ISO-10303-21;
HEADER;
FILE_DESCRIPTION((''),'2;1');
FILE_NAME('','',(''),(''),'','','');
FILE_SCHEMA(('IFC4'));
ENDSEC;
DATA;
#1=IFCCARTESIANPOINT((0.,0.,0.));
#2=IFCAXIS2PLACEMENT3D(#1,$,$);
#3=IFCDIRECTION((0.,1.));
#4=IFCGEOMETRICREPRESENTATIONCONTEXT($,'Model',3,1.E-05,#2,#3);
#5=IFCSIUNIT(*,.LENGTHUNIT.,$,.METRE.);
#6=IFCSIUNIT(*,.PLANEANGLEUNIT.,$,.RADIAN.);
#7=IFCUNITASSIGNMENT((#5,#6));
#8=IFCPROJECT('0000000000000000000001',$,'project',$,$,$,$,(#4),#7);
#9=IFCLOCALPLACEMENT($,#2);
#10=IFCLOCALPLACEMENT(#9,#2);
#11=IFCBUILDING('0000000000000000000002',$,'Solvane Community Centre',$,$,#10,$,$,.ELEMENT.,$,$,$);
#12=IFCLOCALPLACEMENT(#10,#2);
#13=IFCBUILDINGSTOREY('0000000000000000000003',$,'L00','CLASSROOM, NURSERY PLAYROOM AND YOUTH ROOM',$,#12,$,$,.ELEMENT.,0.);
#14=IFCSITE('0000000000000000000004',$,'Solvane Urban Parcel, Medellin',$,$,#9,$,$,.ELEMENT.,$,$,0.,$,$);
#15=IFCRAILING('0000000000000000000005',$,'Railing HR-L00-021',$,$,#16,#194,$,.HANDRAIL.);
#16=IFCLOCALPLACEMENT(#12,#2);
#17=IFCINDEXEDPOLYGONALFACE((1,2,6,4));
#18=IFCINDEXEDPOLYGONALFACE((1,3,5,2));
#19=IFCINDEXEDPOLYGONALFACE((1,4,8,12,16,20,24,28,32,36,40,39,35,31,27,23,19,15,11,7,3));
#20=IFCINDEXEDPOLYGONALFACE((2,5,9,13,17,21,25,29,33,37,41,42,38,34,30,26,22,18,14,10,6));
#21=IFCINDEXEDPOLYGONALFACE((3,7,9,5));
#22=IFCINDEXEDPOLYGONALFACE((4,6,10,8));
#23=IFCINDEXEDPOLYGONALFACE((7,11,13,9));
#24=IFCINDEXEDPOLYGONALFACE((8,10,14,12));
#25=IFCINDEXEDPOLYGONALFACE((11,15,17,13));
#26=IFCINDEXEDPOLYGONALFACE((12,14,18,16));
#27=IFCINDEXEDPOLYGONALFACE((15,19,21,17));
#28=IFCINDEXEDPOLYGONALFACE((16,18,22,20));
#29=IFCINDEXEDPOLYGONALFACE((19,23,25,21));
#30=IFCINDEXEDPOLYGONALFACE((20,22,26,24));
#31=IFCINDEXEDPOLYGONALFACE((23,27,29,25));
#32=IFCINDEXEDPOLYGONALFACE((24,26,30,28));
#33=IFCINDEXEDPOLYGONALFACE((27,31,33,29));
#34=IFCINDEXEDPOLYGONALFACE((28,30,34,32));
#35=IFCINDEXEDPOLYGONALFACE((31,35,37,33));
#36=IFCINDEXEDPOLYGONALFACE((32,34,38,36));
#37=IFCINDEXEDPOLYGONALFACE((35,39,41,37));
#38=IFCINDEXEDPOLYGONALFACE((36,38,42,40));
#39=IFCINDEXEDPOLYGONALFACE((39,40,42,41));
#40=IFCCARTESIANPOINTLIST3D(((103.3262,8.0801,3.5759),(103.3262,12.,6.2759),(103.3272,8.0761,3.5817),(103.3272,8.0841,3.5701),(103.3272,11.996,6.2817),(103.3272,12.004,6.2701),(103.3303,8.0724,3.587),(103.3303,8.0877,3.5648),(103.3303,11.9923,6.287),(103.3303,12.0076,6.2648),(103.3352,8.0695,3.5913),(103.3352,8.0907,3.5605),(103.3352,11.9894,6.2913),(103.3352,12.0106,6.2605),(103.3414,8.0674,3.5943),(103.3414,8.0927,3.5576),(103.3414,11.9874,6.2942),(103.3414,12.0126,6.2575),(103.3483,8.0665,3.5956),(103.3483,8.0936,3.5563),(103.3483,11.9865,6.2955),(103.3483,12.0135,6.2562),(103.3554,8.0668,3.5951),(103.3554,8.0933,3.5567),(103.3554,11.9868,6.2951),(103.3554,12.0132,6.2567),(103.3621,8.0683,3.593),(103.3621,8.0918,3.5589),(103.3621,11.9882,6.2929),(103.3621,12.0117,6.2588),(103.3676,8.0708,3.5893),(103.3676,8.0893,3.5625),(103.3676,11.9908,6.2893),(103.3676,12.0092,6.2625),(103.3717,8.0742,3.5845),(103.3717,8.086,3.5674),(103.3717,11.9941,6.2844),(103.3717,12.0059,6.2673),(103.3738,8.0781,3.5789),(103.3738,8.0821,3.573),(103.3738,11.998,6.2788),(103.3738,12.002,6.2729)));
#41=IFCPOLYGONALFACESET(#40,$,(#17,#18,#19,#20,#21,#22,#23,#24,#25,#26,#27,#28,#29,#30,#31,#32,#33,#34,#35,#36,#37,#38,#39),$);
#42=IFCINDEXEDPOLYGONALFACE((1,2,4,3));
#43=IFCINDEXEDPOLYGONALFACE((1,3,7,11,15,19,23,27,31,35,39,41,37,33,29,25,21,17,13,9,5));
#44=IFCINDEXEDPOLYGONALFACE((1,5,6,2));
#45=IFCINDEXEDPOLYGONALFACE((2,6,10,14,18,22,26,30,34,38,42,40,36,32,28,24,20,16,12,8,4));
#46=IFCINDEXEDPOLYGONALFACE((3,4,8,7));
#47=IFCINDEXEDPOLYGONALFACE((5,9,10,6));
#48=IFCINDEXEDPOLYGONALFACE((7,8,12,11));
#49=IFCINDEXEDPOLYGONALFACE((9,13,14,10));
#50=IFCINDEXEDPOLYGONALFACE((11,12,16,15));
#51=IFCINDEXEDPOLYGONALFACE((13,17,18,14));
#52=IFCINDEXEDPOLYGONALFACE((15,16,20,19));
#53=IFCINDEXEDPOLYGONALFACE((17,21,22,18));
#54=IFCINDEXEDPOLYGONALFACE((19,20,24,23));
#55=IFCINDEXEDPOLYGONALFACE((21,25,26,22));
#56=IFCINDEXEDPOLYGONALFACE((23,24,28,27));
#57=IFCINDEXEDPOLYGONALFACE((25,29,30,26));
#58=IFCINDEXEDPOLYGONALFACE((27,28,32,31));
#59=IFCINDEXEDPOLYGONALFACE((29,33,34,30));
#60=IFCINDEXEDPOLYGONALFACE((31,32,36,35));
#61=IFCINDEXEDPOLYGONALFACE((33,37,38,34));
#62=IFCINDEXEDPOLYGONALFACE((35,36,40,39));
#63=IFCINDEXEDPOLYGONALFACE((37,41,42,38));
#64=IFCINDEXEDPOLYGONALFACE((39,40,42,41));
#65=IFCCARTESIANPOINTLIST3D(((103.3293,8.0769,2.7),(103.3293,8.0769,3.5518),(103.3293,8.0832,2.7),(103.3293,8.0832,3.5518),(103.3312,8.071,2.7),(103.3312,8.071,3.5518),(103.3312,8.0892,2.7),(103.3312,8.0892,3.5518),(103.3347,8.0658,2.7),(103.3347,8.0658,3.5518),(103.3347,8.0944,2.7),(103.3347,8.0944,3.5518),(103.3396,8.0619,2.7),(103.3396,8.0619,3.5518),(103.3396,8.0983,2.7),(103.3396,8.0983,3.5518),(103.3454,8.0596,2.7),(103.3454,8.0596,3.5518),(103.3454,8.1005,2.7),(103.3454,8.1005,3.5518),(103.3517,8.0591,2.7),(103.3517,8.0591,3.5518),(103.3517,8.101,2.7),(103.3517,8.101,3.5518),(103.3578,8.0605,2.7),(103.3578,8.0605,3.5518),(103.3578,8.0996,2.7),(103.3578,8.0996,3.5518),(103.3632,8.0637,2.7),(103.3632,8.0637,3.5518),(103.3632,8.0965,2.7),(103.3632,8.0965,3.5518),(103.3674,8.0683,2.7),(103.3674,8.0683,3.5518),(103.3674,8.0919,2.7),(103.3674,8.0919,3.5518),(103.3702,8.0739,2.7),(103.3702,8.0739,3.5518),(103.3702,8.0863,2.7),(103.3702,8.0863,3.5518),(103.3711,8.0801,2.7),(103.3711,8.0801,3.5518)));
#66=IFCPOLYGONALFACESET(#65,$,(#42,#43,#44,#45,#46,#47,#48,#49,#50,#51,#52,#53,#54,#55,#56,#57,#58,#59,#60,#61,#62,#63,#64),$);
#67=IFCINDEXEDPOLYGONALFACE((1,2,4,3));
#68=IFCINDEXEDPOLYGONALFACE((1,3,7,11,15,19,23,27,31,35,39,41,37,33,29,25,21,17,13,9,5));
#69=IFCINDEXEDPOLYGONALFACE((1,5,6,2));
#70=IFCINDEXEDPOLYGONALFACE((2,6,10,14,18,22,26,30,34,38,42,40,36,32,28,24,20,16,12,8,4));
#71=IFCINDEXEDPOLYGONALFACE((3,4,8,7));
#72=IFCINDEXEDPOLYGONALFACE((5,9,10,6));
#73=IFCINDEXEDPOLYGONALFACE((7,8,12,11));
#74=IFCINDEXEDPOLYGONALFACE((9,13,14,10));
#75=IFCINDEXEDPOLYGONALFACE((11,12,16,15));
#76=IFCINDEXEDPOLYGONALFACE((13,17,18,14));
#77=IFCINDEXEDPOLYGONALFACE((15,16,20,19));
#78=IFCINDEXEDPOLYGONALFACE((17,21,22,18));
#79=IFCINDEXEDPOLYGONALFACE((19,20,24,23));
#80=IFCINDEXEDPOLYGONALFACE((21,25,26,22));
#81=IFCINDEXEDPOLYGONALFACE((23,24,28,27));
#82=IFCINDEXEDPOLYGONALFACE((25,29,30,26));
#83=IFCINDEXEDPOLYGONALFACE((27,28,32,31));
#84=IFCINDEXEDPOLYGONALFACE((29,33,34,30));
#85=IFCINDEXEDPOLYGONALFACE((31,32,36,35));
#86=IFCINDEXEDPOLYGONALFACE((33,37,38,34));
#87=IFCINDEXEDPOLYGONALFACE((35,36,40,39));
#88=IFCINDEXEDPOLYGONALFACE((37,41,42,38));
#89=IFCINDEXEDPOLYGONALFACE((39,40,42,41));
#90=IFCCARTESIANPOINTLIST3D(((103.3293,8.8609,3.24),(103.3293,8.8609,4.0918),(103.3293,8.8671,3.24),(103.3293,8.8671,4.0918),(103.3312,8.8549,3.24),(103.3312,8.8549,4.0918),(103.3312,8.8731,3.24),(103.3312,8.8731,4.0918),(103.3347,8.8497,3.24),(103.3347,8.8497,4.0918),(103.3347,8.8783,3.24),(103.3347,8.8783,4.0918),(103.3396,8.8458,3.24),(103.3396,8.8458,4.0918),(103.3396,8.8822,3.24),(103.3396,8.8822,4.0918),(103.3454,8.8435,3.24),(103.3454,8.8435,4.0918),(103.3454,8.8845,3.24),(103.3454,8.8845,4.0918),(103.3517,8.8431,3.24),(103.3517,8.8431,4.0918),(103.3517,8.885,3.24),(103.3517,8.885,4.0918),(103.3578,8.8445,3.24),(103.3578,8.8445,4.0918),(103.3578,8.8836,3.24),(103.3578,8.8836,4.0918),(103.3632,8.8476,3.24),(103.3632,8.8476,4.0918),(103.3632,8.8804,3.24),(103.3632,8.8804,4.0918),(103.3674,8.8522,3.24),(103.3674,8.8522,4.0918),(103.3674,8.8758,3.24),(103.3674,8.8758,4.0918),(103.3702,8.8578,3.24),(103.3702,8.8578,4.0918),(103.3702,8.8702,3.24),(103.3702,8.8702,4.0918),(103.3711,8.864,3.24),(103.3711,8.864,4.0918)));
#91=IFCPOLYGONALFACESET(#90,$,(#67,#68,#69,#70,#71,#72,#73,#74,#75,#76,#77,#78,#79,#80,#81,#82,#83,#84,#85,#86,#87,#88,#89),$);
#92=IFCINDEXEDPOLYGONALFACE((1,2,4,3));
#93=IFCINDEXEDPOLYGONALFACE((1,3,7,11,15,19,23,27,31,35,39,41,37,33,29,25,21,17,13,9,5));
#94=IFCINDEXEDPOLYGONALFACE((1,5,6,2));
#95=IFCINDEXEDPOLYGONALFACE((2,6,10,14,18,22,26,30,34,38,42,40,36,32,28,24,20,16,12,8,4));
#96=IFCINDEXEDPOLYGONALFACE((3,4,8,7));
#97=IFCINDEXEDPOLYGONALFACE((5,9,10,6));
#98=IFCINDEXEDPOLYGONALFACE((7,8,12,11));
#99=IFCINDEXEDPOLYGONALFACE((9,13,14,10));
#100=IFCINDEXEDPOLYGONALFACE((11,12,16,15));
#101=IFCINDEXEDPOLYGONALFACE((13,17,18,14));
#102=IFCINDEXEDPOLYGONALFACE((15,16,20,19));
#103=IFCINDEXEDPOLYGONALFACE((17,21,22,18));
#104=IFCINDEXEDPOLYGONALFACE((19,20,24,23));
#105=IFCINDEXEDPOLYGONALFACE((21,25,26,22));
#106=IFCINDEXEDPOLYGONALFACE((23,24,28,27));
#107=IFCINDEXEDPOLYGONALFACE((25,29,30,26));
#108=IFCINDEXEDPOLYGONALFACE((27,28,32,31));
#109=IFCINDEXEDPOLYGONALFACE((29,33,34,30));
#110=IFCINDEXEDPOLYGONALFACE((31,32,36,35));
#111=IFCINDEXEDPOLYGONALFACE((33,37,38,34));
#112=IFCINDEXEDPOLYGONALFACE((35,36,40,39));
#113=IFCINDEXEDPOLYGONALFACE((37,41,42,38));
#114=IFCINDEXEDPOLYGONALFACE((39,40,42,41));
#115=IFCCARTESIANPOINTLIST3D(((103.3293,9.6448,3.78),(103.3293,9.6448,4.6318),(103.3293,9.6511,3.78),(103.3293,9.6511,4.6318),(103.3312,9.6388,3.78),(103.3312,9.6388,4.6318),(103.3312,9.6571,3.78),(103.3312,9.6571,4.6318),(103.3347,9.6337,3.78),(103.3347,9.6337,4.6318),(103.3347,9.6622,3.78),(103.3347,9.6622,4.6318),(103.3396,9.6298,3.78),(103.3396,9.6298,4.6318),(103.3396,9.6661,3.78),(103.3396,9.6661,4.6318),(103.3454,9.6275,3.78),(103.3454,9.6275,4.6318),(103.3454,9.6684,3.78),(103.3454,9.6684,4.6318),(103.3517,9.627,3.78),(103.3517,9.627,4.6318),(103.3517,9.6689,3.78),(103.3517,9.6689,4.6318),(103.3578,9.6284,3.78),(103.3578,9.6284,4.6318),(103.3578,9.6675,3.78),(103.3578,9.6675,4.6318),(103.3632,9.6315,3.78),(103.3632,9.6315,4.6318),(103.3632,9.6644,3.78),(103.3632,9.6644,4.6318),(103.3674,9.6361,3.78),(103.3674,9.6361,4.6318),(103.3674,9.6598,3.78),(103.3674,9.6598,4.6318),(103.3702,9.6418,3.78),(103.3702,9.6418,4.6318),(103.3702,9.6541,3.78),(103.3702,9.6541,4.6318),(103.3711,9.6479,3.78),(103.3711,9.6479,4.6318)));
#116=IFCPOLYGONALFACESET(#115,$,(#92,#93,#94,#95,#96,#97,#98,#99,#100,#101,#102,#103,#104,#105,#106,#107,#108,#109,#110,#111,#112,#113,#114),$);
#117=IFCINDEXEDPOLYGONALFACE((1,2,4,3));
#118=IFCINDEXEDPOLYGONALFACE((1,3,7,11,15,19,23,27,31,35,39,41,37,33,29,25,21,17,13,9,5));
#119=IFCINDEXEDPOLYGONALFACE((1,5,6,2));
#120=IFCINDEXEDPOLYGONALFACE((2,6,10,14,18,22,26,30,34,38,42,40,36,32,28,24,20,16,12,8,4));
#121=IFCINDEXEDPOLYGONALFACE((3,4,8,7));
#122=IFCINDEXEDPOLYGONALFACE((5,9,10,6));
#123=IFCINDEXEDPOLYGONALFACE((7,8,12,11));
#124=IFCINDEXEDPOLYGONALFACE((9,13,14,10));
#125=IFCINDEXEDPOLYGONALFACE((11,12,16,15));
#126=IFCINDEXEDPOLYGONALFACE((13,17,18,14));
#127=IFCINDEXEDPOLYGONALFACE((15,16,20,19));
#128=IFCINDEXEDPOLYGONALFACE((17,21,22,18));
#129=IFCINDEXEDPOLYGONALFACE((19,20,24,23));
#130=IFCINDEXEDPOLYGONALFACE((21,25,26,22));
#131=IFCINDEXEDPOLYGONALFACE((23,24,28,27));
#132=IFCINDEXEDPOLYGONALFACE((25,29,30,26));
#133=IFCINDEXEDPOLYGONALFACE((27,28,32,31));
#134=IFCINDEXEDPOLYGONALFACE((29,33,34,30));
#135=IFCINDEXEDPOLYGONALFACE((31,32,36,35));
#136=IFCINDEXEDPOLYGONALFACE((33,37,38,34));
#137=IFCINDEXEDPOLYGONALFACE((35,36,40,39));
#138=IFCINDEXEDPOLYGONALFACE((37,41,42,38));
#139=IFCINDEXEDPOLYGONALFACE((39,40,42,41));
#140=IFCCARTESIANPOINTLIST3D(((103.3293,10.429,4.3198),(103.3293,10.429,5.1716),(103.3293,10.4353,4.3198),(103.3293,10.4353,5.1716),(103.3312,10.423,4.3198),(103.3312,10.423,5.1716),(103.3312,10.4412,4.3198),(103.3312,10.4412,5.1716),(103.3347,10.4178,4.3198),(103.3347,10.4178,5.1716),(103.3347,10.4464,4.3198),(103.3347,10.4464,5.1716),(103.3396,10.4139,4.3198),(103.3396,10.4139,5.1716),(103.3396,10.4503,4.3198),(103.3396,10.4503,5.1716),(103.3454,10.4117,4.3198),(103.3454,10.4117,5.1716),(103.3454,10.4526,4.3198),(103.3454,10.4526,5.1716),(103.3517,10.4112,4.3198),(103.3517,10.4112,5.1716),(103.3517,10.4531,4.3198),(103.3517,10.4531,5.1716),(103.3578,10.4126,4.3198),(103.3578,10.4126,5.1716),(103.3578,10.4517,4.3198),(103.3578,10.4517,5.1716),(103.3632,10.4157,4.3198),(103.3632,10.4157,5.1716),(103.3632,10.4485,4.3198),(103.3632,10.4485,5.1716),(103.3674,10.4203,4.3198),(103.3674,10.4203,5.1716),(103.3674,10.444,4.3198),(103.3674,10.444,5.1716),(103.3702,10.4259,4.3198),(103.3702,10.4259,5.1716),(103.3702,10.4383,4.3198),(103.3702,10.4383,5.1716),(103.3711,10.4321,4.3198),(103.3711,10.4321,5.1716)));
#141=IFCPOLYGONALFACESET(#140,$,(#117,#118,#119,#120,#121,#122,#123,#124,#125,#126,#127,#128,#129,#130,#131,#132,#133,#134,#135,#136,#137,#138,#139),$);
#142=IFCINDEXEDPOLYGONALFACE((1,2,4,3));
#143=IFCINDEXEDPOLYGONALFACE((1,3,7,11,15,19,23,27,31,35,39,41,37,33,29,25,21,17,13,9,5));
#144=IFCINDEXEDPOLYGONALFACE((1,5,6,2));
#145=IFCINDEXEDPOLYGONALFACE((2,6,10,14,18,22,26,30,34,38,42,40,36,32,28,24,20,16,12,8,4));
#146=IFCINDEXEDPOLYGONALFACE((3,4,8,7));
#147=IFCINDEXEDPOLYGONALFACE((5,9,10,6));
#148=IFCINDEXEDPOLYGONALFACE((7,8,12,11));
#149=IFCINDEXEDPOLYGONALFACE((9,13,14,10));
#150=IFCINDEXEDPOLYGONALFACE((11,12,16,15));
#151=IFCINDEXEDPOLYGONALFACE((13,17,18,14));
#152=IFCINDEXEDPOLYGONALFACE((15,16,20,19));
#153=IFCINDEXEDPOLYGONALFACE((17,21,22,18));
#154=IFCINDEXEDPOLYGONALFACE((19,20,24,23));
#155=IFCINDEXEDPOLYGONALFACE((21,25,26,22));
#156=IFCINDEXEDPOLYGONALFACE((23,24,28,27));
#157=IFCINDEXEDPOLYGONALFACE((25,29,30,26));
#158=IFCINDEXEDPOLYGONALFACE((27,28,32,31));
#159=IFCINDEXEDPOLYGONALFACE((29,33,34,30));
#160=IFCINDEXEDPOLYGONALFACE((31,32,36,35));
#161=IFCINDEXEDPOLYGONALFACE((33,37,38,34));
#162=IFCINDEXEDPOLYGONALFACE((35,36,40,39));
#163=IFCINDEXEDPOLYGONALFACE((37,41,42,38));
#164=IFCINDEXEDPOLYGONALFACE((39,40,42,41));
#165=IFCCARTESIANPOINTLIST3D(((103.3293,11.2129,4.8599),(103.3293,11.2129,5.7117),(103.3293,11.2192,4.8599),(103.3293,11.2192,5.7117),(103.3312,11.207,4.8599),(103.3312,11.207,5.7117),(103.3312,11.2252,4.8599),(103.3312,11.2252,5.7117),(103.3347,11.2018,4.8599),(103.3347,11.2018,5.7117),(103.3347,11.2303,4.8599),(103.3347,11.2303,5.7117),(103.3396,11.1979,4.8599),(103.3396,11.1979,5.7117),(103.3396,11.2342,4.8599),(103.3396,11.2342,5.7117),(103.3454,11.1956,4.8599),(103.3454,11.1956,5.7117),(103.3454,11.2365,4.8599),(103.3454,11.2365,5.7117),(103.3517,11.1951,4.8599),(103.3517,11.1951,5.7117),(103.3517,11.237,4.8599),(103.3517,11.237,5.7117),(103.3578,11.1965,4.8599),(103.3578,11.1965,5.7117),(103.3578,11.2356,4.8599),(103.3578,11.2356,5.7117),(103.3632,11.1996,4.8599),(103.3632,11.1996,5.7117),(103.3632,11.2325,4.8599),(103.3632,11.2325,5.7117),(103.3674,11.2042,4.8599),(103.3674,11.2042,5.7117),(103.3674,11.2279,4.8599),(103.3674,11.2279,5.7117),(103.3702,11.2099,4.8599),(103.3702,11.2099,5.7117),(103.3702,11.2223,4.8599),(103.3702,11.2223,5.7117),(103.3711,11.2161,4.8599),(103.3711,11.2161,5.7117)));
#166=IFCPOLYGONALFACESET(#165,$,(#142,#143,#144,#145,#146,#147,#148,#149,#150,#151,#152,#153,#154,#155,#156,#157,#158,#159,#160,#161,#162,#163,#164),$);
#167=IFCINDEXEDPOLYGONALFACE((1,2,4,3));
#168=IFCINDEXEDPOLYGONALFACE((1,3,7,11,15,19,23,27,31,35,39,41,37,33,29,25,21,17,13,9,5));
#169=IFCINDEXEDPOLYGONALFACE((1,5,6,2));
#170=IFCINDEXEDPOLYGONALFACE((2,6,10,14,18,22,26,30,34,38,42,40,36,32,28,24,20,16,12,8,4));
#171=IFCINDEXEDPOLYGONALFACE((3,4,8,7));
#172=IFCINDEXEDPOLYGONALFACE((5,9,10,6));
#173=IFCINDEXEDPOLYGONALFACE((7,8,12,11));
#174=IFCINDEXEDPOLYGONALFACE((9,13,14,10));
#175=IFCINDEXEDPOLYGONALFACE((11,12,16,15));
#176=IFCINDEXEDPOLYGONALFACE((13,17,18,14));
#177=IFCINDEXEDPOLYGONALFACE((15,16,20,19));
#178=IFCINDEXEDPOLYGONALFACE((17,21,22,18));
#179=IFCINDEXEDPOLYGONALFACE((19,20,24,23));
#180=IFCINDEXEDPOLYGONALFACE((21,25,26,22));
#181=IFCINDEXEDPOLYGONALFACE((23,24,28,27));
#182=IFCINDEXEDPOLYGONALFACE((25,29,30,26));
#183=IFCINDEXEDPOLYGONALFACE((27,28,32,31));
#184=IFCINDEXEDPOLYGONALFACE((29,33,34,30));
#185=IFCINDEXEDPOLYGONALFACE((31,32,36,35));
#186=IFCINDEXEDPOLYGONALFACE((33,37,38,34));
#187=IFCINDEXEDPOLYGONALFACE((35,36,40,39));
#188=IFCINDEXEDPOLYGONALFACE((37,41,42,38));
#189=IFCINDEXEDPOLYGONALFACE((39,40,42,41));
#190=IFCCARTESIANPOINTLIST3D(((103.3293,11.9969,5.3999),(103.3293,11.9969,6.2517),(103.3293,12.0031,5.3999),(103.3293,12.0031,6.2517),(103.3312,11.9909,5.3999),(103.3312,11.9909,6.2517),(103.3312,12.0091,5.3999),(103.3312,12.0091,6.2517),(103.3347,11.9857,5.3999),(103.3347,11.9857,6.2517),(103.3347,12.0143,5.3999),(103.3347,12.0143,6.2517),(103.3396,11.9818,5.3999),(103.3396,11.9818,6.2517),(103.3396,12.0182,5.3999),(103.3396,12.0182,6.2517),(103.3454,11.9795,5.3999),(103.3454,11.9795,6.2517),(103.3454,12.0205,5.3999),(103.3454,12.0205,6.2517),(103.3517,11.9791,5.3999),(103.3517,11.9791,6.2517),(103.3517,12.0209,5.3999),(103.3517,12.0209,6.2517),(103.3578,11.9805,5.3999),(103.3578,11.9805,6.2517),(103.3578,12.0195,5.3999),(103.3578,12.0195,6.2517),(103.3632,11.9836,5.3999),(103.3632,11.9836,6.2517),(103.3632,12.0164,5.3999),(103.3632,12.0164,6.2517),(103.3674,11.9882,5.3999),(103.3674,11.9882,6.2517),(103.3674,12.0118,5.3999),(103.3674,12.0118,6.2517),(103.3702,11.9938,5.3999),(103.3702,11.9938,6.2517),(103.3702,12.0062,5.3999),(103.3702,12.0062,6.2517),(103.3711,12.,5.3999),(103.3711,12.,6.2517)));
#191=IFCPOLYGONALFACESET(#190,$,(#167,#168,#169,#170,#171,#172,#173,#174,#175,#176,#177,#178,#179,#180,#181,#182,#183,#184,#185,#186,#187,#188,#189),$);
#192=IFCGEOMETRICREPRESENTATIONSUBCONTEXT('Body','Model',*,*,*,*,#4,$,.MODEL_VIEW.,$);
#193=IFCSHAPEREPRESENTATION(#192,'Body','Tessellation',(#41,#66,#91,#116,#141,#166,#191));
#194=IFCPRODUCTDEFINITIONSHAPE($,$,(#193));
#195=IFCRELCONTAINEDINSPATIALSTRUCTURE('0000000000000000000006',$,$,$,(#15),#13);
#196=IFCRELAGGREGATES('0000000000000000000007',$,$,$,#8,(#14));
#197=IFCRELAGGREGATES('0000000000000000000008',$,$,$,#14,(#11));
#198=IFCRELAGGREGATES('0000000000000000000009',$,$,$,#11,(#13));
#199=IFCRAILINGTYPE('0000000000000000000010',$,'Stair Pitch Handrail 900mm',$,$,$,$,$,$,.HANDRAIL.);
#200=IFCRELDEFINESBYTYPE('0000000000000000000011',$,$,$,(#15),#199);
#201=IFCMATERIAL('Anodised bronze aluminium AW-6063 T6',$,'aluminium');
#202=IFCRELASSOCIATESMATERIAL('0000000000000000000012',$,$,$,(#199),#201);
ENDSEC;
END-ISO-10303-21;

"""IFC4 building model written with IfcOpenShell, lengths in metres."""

from ifc_helpers import new_model, si_unit, direction, frame, origin, origin_2d, place, context, subcontext, project, spatial, circle, extrude, material, type_object, element, save


model = new_model("IFC4")

# Units and contexts
model_context = context("Model", 3, precision=1e-05, world=origin(), true_north=direction((0.0, 1.0)))
body_context = subcontext(model_context, "Body", "Model", "MODEL_VIEW")
ifc_project = project(units=[si_unit("LENGTHUNIT", "METRE"), si_unit("PLANEANGLEUNIT", "RADIAN")], contexts=[model_context])

# Site, building, storey
site_placement = place(None, origin())
site = spatial("IfcSite", under=ifc_project, at=site_placement, Name="Solvane Urban Parcel, Medellin", CompositionType="ELEMENT", RefElevation=0.0)
building_placement = place(site_placement, origin())
building = spatial("IfcBuilding", under=site, at=building_placement, Name="Solvane Community Centre", CompositionType="ELEMENT")
storey_placement = place(building_placement, origin())
storey = spatial("IfcBuildingStorey", under=building, at=storey_placement, Name="L00", Description="CLASSROOM, NURSERY PLAYROOM AND YOUTH ROOM", CompositionType="ELEMENT", Elevation=0.0)

# Shared definitions
ifc_material_1 = material(Name="Anodised bronze aluminium AW-6063 T6", Category="aluminium")

# Railing
railing_type_1 = type_object("IfcRailingType", Name="Stair Pitch Handrail 900mm", PredefinedType="HANDRAIL", material=ifc_material_1)
railing_1_placement = place(storey_placement, frame((103.3501, 8.0801, 2.7)))
element("IfcRailing", 1, at=railing_1_placement, inside=storey, type_object=railing_type_1, Name="Railing HR-L00-021", PredefinedType="HANDRAIL", context=body_context, shape_type="SweptSolid", body=[
    extrude(circle(Radius=0.0239, at=origin_2d()), frame((0.0, 0.0, 0.876), z_axis=(0.0, 0.823551, 0.567243), x_axis=(-1.0, 0.0, 0.0)), (0.0, 0.0, 1.0), 4.7598),
    extrude(circle(Radius=0.021, at=origin_2d()), origin(), (0.0, 0.0, 1.0), 0.8518),
    extrude(circle(Radius=0.021, at=origin_2d()), frame((0.0, 0.7839, 0.54)), (0.0, 0.0, 1.0), 0.8518),
    extrude(circle(Radius=0.021, at=origin_2d()), frame((0.0, 1.5679, 1.0801)), (0.0, 0.0, 1.0), 0.8518),
    extrude(circle(Radius=0.021, at=origin_2d()), frame((0.0, 2.3521, 1.6199)), (0.0, 0.0, 1.0), 0.8518),
    extrude(circle(Radius=0.021, at=origin_2d()), frame((0.0, 3.136, 2.1599)), (0.0, 0.0, 1.0), 0.8518),
    extrude(circle(Radius=0.021, at=origin_2d()), frame((0.0, 3.9199, 2.7)), (0.0, 0.0, 1.0), 0.8518),
])

save(model, "model.ifc")
